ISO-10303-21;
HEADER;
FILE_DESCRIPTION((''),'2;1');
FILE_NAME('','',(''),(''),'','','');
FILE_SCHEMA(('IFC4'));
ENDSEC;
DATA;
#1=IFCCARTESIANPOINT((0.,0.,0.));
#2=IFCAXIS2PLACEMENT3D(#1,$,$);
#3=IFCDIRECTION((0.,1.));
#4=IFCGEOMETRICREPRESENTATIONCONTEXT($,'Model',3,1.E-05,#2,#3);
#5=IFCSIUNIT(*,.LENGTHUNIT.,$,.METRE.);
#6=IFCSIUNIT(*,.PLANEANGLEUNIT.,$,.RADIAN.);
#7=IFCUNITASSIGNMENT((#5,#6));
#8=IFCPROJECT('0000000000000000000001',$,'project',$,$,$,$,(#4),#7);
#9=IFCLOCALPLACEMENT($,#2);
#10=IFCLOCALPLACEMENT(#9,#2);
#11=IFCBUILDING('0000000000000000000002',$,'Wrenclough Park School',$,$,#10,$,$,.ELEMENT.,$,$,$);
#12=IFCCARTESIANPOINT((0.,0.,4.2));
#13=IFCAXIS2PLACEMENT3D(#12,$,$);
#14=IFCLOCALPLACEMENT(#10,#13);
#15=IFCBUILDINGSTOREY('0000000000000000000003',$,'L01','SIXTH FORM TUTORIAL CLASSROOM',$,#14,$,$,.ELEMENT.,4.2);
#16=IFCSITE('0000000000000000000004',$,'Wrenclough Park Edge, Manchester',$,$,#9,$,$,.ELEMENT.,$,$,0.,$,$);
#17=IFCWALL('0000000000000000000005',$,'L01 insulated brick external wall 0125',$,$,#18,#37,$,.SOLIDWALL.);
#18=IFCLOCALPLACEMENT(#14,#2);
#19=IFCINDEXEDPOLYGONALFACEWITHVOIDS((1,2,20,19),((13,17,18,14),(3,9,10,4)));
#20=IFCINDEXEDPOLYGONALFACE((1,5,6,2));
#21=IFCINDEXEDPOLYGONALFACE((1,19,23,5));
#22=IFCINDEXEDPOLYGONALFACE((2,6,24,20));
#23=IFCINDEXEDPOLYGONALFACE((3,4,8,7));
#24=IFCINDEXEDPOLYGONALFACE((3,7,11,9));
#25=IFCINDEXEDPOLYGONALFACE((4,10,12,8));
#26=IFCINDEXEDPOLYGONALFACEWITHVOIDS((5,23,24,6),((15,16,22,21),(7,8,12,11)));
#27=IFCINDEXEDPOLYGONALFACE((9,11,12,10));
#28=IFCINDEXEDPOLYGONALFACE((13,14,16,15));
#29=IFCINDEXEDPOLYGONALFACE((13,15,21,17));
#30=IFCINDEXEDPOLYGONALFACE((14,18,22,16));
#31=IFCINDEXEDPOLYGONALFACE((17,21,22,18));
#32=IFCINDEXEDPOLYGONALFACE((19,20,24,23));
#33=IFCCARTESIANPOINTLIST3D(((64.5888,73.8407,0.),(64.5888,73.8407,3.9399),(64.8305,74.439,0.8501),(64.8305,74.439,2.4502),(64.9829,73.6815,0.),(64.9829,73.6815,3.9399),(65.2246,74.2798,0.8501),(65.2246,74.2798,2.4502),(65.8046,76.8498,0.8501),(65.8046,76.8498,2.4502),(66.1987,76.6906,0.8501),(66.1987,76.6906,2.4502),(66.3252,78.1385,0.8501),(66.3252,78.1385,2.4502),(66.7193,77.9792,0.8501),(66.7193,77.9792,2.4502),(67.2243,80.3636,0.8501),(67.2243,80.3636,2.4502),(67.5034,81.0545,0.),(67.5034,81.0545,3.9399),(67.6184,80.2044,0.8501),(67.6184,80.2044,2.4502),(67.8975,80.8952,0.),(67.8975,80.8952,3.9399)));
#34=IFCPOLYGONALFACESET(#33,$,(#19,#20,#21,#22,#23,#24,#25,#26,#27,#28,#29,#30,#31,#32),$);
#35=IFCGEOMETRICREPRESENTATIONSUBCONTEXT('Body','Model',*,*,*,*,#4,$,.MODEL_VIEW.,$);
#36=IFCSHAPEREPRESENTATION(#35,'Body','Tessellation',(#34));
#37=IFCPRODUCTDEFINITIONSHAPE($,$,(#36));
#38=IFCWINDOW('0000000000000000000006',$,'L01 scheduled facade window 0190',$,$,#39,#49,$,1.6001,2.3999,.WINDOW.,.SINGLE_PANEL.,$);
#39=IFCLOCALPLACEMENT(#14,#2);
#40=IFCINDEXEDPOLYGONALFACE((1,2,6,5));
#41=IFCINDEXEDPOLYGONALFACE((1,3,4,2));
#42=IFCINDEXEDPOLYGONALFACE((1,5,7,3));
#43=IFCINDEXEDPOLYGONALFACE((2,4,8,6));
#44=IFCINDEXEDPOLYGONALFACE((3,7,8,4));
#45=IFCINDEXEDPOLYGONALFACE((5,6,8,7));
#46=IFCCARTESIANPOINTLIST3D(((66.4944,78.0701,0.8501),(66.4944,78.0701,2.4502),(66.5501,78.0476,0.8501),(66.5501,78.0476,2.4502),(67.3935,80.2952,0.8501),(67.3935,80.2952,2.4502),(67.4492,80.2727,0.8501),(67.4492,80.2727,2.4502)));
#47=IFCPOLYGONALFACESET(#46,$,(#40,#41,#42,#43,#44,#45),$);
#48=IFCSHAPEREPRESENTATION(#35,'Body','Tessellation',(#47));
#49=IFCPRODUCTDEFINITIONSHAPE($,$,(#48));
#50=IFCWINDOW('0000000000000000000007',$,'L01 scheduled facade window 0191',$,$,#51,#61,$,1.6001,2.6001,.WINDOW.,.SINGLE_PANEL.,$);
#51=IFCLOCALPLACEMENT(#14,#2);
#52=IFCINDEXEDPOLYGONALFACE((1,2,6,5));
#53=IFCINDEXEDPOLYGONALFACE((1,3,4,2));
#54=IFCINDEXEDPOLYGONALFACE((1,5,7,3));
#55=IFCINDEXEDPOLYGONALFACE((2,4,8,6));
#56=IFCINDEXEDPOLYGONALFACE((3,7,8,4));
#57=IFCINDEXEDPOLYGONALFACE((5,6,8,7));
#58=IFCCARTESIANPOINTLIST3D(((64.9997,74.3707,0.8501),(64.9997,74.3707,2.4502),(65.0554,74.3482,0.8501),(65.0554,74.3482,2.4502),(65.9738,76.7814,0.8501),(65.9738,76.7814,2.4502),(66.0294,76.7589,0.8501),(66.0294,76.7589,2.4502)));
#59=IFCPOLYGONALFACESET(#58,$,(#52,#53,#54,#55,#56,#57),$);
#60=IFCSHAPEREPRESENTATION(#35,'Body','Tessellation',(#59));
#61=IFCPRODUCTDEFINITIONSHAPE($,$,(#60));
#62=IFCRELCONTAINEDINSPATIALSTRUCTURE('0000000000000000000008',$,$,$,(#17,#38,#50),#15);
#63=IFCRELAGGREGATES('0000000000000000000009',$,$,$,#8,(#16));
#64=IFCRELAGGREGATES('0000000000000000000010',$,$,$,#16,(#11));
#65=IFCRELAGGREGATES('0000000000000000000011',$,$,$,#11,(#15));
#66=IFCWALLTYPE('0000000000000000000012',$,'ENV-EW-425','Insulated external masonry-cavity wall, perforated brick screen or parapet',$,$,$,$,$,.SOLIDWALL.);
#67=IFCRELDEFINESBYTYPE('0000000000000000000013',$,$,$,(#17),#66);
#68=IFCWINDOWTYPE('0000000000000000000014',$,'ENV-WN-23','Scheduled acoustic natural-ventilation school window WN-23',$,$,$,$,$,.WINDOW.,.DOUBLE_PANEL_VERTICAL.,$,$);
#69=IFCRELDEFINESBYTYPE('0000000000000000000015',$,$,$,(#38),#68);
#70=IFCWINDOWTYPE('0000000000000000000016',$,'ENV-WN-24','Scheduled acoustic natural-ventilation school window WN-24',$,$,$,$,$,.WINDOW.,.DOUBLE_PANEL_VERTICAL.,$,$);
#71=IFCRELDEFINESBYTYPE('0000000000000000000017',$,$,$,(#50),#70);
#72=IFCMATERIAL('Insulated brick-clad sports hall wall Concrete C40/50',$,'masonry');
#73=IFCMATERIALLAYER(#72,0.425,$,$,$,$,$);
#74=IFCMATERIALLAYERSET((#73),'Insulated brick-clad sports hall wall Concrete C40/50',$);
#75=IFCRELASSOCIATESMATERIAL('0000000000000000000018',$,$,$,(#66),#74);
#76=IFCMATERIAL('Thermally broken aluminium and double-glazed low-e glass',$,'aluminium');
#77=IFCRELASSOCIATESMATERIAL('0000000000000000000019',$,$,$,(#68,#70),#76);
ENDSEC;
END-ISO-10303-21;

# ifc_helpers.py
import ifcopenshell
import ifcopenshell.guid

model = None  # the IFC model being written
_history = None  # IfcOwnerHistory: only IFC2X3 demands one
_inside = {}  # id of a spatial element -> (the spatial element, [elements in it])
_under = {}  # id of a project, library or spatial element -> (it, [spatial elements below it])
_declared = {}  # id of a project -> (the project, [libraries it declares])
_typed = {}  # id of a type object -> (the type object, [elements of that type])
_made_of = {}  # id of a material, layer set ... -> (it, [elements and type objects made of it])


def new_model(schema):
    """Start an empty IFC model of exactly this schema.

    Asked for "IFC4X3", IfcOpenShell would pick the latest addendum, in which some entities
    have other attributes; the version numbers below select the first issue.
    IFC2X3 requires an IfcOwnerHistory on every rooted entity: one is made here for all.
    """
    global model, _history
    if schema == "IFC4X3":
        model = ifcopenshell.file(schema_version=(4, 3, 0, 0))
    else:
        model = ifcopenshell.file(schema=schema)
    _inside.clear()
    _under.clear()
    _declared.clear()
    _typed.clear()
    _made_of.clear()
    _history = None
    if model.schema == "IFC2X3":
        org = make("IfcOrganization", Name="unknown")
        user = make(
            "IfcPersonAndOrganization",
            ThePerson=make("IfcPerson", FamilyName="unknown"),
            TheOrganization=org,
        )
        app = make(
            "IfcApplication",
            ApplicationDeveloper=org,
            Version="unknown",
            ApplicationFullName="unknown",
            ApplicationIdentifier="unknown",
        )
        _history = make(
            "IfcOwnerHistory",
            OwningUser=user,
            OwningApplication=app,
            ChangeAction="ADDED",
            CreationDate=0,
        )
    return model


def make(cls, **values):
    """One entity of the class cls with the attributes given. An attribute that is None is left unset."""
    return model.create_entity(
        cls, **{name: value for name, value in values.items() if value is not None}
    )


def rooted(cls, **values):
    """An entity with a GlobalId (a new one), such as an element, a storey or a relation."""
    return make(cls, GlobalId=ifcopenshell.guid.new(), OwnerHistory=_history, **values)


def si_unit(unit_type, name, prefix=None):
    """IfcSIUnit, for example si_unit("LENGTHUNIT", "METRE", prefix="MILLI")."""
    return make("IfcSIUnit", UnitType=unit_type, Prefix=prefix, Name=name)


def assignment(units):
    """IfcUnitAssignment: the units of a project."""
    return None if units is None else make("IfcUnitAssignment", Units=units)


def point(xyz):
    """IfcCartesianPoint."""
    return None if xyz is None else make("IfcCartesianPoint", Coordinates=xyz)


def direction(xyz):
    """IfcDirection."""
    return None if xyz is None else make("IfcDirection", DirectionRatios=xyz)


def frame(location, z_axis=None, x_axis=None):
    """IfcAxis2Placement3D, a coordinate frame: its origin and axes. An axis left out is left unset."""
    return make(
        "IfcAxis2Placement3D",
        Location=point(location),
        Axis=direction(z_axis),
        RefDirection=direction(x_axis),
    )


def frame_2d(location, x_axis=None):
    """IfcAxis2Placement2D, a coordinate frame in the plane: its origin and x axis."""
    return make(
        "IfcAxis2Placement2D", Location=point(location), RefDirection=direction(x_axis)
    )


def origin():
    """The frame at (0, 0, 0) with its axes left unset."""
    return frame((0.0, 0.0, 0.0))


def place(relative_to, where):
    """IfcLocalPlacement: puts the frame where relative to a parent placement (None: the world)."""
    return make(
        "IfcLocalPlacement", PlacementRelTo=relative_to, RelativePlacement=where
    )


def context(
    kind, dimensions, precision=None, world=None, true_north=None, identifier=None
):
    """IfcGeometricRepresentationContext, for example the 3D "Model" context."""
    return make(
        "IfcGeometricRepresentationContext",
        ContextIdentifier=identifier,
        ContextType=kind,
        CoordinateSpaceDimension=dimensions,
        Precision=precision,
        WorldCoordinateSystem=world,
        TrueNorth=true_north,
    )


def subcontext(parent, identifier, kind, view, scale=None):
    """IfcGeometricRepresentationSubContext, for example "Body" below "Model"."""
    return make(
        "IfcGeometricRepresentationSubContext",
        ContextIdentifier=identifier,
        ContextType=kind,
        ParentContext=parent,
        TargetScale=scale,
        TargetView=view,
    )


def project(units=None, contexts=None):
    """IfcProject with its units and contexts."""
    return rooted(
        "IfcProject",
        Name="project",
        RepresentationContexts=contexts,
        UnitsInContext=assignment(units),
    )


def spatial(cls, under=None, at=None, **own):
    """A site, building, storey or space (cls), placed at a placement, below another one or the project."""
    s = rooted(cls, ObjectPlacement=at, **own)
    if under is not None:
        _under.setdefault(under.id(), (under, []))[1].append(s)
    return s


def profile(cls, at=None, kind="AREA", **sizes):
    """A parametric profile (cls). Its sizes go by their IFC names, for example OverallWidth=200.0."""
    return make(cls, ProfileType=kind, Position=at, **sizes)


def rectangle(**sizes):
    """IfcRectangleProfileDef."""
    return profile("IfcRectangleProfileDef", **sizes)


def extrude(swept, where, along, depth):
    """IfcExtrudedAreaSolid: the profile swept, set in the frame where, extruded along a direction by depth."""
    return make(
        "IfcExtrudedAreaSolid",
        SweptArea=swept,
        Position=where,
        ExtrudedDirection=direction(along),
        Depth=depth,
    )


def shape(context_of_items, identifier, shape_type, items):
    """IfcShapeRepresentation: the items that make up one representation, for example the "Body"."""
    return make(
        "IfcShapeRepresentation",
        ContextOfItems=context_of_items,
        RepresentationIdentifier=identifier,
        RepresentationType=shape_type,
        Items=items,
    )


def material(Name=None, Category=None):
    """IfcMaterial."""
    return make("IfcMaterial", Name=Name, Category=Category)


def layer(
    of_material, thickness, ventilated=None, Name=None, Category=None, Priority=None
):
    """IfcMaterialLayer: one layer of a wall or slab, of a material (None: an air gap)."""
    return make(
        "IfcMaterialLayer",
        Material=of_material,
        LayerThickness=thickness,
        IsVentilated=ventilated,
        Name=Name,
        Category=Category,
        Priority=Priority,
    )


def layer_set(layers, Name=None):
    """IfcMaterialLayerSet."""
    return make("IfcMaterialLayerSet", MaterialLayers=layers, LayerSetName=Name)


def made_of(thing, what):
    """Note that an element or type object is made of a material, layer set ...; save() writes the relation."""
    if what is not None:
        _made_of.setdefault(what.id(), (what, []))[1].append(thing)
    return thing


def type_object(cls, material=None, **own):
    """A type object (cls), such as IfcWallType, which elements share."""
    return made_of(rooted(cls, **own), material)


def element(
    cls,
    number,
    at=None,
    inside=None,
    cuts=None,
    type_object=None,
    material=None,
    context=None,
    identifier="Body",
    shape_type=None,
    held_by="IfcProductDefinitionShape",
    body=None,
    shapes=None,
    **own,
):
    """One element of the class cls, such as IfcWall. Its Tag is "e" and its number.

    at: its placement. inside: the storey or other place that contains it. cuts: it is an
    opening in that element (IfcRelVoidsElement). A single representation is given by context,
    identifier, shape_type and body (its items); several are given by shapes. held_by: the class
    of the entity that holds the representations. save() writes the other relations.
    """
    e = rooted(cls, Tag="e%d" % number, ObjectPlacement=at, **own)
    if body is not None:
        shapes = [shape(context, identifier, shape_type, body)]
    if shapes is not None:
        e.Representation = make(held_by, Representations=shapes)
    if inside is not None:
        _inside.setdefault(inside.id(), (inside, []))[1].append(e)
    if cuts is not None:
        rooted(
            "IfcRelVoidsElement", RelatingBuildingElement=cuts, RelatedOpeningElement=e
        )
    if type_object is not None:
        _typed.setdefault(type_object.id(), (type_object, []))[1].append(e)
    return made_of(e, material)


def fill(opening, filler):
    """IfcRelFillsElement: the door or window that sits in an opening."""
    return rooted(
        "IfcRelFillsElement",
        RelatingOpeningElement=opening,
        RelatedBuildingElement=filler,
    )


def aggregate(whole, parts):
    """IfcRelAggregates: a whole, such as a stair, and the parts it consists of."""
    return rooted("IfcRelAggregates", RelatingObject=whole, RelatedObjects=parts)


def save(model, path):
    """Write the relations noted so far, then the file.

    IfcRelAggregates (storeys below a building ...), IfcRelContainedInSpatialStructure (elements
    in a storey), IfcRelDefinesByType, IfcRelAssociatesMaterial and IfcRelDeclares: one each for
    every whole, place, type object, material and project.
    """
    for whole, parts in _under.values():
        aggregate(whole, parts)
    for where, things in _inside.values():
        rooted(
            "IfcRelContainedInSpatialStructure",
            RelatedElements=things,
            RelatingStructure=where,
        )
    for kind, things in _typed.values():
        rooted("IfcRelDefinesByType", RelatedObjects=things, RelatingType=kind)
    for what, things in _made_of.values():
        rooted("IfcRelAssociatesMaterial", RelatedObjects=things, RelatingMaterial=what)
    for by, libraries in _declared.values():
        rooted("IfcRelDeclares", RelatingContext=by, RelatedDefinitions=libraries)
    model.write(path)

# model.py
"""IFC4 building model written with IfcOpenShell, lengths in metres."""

from ifc_helpers import new_model, si_unit, direction, frame, frame_2d, origin, place, context, subcontext, project, spatial, rectangle, extrude, material, layer, layer_set, type_object, element, fill, save


model = new_model("IFC4")

# Units and contexts
model_context = context("Model", 3, precision=1e-05, world=origin(), true_north=direction((0.0, 1.0)))
body_context = subcontext(model_context, "Body", "Model", "MODEL_VIEW")
ifc_project = project(units=[si_unit("LENGTHUNIT", "METRE"), si_unit("PLANEANGLEUNIT", "RADIAN")], contexts=[model_context])

# Site, building, storey
site_placement = place(None, origin())
site = spatial("IfcSite", under=ifc_project, at=site_placement, Name="Wrenclough Park Edge, Manchester", CompositionType="ELEMENT", RefElevation=0.0)
building_placement = place(site_placement, origin())
building = spatial("IfcBuilding", under=site, at=building_placement, Name="Wrenclough Park School", CompositionType="ELEMENT")
storey_placement = place(building_placement, frame((0.0, 0.0, 4.2)))
storey = spatial("IfcBuildingStorey", under=building, at=storey_placement, Name="L01", Description="SIXTH FORM TUTORIAL CLASSROOM", CompositionType="ELEMENT", Elevation=4.2)

# Wall, openings, windows
ifc_material_1 = material(Name="Insulated brick-clad sports hall wall Concrete C40/50", Category="masonry")
ifc_layer_1 = layer(ifc_material_1, 0.425)
ifc_layer_set_1 = layer_set([ifc_layer_1], Name="Insulated brick-clad sports hall wall Concrete C40/50")
wall_type = type_object("IfcWallType", Name="ENV-EW-425", Description="Insulated external masonry-cavity wall, perforated brick screen or parapet", PredefinedType="SOLIDWALL", material=ifc_layer_set_1)
wall_placement = place(storey_placement, frame((67.7004, 80.9749, 0.0), z_axis=(0.0, 0.0, 1.0), x_axis=(-0.374613, -0.927181, 0.0)))
wall = element("IfcWall", 1, at=wall_placement, inside=storey, type_object=wall_type, Name="L01 insulated brick external wall 0125", PredefinedType="SOLIDWALL", context=body_context, shape_type="SweptSolid", body=[
    extrude(rectangle(XDim=7.7803, YDim=0.425, at=frame_2d((3.8901, 0.0))), origin(), (0.0, 0.0, 1.0), 3.9399),
])
opening_1_placement = place(wall_placement, frame((0.7451, 0.0, 0.8501)))
opening_1 = element("IfcOpeningElement", 2, at=opening_1_placement, cuts=wall, PredefinedType="OPENING", context=body_context, shape_type="SweptSolid", body=[
    extrude(rectangle(XDim=2.3999, YDim=1.6001, at=frame_2d((1.2, 0.8))), frame((0.0, 0.2224, 0.0), z_axis=(0.0, -1.0, 0.0), x_axis=(1.0, 0.0, 0.0)), (0.0, 0.0, 1.0), 0.4451),
])
opening_2_placement = place(wall_placement, frame((4.5349, 0.0, 0.8501)))
opening_2 = element("IfcOpeningElement", 3, at=opening_2_placement, cuts=wall, PredefinedType="OPENING", context=body_context, shape_type="SweptSolid", body=[
    extrude(rectangle(XDim=2.6001, YDim=1.6001, at=frame_2d((1.3, 0.8))), frame((0.0, 0.2224, 0.0), z_axis=(0.0, -1.0, 0.0), x_axis=(1.0, 0.0, 0.0)), (0.0, 0.0, 1.0), 0.4451),
])
ifc_material_2 = material(Name="Thermally broken aluminium and double-glazed low-e glass", Category="aluminium")
window_type_1 = type_object("IfcWindowType", Name="ENV-WN-23", Description="Scheduled acoustic natural-ventilation school window WN-23", PartitioningType="DOUBLE_PANEL_VERTICAL", PredefinedType="WINDOW", material=ifc_material_2)
window_1_placement = place(opening_1_placement, origin())
window_1 = element("IfcWindow", 4, at=window_1_placement, inside=storey, type_object=window_type_1, Name="L01 scheduled facade window 0190", OverallHeight=1.6001, OverallWidth=2.3999, PartitioningType="SINGLE_PANEL", PredefinedType="WINDOW", context=body_context, shape_type="SweptSolid", body=[
    extrude(rectangle(XDim=2.3999, YDim=1.6001, at=frame_2d((1.2, 0.8))), frame((0.0, 0.03, 0.0), z_axis=(0.0, -1.0, 0.0), x_axis=(1.0, 0.0, 0.0)), (0.0, 0.0, 1.0), 0.0601),
])
fill(opening_1, window_1)
window_type_2 = type_object("IfcWindowType", Name="ENV-WN-24", Description="Scheduled acoustic natural-ventilation school window WN-24", PartitioningType="DOUBLE_PANEL_VERTICAL", PredefinedType="WINDOW", material=ifc_material_2)
window_2_placement = place(opening_2_placement, origin())
window_2 = element("IfcWindow", 5, at=window_2_placement, inside=storey, type_object=window_type_2, Name="L01 scheduled facade window 0191", OverallHeight=1.6001, OverallWidth=2.6001, PartitioningType="SINGLE_PANEL", PredefinedType="WINDOW", context=body_context, shape_type="SweptSolid", body=[
    extrude(rectangle(XDim=2.6001, YDim=1.6001, at=frame_2d((1.3, 0.8))), frame((0.0, 0.03, 0.0), z_axis=(0.0, -1.0, 0.0), x_axis=(1.0, 0.0, 0.0)), (0.0, 0.0, 1.0), 0.0601),
])
fill(opening_2, window_2)

save(model, "model.ifc")
